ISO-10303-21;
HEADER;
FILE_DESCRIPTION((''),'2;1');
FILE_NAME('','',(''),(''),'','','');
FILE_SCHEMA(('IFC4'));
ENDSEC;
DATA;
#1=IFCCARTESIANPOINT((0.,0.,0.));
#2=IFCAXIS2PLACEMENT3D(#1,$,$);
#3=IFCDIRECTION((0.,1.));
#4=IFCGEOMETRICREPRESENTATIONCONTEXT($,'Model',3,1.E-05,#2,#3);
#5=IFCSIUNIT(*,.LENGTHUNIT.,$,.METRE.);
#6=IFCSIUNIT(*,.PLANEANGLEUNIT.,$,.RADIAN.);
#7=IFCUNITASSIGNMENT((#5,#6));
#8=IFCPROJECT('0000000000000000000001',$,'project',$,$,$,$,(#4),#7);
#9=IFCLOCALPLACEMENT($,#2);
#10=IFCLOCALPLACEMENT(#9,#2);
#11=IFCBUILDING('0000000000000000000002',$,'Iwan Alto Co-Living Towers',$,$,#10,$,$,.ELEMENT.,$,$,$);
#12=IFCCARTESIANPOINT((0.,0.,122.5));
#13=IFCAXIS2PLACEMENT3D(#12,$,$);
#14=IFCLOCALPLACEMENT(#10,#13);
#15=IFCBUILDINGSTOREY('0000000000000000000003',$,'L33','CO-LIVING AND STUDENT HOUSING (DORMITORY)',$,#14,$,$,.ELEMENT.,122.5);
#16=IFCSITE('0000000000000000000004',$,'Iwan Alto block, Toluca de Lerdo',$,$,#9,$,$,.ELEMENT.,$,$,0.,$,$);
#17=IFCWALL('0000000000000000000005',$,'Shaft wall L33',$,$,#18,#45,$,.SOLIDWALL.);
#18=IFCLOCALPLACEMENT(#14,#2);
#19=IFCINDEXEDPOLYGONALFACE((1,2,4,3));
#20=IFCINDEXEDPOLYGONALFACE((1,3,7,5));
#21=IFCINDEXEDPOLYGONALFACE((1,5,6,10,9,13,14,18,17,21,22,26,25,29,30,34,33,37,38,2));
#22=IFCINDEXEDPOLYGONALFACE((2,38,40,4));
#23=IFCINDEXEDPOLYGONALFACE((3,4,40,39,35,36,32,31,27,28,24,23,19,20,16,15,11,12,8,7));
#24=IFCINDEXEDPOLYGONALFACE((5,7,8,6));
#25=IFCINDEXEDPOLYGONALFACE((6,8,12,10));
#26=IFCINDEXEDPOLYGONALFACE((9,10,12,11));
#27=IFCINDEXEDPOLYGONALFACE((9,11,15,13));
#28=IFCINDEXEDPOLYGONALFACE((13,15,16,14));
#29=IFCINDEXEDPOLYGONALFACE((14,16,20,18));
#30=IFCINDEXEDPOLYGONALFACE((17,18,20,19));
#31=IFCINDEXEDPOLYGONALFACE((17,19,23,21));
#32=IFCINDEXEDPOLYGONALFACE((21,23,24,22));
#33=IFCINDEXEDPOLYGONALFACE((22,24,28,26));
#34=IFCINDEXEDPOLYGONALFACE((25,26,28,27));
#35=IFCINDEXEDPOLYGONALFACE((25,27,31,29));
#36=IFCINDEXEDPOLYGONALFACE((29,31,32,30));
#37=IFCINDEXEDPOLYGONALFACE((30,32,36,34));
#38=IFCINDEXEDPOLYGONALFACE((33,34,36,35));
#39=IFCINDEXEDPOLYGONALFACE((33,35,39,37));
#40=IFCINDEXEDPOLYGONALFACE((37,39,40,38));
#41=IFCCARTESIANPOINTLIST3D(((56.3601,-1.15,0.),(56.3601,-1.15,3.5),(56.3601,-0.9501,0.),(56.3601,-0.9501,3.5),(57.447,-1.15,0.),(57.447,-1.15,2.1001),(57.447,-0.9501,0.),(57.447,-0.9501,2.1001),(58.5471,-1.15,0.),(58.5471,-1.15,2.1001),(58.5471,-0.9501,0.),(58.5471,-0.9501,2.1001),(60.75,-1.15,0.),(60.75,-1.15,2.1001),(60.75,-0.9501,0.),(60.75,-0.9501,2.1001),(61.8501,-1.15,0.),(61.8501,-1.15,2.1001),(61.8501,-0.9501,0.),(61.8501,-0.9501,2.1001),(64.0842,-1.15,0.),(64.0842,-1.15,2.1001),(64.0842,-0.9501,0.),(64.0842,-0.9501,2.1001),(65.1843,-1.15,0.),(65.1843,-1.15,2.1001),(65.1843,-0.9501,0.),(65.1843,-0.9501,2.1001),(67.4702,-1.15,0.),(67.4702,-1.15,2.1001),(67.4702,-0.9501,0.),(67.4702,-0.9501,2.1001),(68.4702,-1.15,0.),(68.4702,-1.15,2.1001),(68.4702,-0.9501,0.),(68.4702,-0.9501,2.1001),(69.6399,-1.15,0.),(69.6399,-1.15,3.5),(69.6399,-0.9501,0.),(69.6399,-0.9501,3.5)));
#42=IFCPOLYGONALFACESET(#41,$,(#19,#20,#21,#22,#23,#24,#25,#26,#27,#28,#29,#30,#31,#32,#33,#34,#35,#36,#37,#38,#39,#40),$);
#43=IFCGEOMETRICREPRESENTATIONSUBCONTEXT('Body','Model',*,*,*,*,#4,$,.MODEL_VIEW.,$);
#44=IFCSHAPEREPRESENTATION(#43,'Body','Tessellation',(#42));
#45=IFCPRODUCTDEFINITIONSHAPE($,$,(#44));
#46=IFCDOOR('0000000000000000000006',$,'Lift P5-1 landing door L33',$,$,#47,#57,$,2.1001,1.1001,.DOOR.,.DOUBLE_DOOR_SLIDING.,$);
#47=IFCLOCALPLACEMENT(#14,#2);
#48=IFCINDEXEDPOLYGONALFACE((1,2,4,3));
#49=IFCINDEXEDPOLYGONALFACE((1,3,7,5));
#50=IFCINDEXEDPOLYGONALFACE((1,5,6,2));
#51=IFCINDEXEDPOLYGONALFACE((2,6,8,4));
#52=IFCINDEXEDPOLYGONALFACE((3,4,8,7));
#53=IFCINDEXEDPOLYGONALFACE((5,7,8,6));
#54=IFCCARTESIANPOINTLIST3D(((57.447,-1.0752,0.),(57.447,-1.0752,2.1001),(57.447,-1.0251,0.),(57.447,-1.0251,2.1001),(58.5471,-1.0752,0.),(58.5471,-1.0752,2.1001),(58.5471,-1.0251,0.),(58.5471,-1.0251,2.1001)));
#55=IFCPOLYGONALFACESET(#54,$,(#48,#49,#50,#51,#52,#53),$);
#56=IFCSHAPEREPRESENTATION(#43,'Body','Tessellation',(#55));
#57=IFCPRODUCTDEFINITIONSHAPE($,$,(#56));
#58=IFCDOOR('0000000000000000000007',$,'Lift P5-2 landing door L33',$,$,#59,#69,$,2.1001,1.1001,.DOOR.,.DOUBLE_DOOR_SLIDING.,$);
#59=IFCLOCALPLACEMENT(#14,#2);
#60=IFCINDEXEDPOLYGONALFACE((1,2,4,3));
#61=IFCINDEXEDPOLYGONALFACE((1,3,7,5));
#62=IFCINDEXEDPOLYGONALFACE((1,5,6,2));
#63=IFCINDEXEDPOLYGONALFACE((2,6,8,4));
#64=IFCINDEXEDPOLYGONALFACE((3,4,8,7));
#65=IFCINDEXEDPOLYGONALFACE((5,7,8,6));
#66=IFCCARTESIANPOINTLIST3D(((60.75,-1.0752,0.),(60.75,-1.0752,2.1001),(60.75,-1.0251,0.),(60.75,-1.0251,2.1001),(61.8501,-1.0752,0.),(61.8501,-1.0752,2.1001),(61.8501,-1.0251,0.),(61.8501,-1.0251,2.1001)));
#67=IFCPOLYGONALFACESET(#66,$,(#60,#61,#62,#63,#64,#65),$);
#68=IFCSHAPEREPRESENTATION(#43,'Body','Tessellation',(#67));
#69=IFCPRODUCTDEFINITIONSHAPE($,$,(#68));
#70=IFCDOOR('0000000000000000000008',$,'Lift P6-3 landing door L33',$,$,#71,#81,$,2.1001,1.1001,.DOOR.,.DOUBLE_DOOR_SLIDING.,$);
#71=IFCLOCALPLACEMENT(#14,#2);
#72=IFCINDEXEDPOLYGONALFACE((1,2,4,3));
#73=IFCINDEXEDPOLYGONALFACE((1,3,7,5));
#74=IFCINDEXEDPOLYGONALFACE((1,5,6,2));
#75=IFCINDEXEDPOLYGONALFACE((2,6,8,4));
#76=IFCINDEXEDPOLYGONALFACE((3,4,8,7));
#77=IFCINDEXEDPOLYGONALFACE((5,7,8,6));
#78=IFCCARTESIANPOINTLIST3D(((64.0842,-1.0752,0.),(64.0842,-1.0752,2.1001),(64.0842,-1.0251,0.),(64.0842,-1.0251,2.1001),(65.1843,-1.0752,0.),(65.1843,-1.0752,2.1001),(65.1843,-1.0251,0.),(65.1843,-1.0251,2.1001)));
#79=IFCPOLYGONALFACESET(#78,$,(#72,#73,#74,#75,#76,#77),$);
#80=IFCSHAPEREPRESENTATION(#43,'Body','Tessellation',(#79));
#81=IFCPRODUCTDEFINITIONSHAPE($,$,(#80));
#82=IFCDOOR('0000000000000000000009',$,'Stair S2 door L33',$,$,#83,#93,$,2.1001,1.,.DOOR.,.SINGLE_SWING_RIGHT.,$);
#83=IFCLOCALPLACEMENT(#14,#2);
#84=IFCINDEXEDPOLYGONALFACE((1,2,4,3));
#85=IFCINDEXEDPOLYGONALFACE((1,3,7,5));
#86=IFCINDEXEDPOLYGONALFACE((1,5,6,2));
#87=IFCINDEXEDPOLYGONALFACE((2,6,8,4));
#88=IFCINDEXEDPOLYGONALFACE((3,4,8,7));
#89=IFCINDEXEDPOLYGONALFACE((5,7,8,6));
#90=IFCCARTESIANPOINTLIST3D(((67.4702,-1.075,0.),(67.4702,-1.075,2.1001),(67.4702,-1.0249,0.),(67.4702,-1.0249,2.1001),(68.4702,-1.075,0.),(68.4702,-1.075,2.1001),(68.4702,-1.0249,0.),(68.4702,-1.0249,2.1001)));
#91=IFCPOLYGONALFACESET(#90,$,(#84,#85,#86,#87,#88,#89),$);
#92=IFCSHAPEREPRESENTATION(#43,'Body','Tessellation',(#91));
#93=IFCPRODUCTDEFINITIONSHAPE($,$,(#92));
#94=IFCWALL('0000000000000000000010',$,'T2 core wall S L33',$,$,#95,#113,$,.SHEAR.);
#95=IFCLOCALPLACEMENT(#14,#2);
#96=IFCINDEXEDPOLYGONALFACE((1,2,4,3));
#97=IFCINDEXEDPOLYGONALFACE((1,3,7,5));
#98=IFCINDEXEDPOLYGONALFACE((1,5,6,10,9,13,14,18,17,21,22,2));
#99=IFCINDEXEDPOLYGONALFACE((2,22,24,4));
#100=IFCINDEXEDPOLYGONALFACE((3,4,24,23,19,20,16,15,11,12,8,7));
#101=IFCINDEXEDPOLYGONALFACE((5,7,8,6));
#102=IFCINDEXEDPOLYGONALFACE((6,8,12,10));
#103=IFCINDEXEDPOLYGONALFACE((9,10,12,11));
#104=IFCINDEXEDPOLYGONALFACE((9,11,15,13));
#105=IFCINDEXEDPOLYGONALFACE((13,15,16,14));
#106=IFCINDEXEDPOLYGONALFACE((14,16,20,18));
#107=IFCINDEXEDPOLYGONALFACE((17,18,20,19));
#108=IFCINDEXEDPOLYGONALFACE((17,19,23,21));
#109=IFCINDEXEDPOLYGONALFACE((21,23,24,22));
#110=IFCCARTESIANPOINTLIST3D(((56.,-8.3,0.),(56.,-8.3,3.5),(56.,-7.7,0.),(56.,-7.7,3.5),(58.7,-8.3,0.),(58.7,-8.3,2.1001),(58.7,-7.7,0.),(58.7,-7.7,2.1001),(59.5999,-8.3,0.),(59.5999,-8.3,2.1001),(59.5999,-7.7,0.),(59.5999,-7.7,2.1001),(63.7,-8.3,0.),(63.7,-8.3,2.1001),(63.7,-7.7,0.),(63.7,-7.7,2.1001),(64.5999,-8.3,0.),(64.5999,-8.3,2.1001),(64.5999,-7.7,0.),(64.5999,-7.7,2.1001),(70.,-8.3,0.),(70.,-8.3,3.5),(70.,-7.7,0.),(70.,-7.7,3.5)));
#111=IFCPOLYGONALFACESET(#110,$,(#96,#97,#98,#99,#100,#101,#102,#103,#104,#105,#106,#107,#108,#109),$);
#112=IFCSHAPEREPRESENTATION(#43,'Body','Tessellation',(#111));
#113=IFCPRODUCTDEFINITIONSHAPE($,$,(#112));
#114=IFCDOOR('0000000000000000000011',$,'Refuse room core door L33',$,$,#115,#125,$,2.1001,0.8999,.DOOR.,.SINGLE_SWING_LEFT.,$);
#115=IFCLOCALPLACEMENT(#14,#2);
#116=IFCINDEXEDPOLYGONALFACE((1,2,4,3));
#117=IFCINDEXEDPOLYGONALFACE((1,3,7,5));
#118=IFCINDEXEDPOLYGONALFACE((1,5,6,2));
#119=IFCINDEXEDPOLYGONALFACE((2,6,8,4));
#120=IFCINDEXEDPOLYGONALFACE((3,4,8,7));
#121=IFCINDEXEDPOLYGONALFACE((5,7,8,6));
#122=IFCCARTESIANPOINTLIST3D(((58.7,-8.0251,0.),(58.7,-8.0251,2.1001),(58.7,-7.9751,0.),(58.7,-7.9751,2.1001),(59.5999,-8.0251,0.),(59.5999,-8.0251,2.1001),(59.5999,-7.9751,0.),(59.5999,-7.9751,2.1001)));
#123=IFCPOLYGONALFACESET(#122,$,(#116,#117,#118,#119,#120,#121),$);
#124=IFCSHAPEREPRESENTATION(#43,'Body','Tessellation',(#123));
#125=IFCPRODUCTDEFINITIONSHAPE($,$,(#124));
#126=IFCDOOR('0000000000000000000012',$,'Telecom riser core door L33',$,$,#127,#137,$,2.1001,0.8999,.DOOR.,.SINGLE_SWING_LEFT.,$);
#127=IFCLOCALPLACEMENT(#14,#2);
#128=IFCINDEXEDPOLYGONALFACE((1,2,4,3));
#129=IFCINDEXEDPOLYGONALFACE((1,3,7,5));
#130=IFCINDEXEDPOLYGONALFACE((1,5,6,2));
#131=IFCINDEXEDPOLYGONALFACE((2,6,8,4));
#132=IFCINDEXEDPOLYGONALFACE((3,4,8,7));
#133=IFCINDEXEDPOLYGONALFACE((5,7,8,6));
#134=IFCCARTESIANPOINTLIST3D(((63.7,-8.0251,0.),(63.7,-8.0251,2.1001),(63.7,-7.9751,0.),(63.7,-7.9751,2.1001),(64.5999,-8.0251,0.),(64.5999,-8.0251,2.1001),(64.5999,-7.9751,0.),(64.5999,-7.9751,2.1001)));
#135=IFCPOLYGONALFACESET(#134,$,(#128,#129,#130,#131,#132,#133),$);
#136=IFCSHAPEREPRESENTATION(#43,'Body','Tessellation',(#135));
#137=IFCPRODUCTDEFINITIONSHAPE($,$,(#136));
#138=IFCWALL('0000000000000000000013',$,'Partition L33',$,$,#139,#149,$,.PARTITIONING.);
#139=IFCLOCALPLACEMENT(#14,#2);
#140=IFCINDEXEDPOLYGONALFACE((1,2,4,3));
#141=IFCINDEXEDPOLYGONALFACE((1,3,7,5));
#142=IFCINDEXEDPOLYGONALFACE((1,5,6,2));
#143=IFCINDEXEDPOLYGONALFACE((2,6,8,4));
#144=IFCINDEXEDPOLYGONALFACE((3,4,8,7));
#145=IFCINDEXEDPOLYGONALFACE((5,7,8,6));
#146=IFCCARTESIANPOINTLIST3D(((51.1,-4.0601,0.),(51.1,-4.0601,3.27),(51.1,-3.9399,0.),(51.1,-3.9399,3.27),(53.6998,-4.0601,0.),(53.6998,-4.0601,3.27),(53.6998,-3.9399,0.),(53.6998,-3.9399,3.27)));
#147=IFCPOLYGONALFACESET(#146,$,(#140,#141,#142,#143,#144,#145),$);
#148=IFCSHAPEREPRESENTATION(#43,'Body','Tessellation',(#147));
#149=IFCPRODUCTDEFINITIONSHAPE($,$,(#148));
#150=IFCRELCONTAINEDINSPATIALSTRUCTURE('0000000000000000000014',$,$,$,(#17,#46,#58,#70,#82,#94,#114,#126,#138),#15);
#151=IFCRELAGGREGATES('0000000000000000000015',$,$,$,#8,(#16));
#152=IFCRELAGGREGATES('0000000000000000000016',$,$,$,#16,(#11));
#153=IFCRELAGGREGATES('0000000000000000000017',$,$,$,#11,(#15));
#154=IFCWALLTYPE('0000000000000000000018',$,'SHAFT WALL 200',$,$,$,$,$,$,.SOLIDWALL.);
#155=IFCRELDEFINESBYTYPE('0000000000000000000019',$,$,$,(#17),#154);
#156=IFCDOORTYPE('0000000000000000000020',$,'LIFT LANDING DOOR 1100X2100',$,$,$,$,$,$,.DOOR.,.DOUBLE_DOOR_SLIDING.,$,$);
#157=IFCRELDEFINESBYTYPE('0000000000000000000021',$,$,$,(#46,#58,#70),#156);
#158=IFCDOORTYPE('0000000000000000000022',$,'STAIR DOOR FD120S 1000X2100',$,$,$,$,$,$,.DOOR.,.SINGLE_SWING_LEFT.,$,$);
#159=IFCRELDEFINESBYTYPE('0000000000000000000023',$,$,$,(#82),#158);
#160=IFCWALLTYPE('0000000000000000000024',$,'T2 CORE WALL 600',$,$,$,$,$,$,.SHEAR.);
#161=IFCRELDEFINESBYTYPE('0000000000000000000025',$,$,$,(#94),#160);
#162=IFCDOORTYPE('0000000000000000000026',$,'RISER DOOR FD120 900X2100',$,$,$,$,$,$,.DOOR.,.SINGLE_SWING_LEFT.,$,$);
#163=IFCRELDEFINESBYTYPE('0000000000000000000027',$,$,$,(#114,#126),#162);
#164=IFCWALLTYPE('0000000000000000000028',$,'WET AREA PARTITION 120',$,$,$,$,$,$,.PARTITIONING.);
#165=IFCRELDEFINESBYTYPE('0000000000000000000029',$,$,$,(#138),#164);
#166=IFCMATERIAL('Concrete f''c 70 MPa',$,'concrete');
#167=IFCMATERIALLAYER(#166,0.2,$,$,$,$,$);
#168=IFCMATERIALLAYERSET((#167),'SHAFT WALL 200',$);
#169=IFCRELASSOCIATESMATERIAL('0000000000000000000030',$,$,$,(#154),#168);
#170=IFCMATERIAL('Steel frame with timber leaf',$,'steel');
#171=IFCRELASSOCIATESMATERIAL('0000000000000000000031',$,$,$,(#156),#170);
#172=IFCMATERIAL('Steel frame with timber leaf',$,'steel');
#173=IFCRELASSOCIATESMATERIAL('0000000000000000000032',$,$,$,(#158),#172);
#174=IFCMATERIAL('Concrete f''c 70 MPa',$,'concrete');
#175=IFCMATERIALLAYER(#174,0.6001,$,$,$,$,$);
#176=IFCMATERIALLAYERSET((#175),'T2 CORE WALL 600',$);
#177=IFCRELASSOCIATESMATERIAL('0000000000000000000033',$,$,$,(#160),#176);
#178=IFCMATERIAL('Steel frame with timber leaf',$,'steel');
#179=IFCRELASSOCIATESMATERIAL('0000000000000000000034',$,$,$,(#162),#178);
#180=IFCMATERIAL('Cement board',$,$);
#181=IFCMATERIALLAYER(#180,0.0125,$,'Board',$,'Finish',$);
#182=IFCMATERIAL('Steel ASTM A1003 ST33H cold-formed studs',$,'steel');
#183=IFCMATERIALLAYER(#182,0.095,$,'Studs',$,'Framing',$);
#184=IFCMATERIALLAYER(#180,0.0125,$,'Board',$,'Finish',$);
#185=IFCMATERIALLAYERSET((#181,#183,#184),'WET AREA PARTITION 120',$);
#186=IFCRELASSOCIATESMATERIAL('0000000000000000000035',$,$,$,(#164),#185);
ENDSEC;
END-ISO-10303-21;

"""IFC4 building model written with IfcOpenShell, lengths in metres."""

from ifc_helpers import new_model, si_unit, direction, frame, frame_2d, origin, place, context, subcontext, project, spatial, rectangle, extrude, material, layer, layer_set, type_object, element, fill, save


model = new_model("IFC4")

# Units and contexts
model_context = context("Model", 3, precision=1e-05, world=origin(), true_north=direction((0.0, 1.0)))
body_context = subcontext(model_context, "Body", "Model", "MODEL_VIEW")
ifc_project = project(units=[si_unit("LENGTHUNIT", "METRE"), si_unit("PLANEANGLEUNIT", "RADIAN")], contexts=[model_context])

# Site, building, storey
site_placement = place(None, origin())
site = spatial("IfcSite", under=ifc_project, at=site_placement, Name="Iwan Alto block, Toluca de Lerdo", CompositionType="ELEMENT", RefElevation=0.0)
building_placement = place(site_placement, origin())
building = spatial("IfcBuilding", under=site, at=building_placement, Name="Iwan Alto Co-Living Towers", CompositionType="ELEMENT")
storey_placement = place(building_placement, frame((0.0, 0.0, 122.5)))
storey = spatial("IfcBuildingStorey", under=building, at=storey_placement, Name="L33", Description="CO-LIVING AND STUDENT HOUSING (DORMITORY)", CompositionType="ELEMENT", Elevation=122.5)

# Shared definitions
ifc_material_1 = material(Name="Steel ASTM A1003 ST33H cold-formed studs", Category="steel")

# Shared definitions
ifc_material_2 = material(Name="Concrete f'c 70 MPa", Category="concrete")
ifc_layer_1 = layer(ifc_material_2, 0.2)
ifc_layer_set_1 = layer_set([ifc_layer_1], Name="SHAFT WALL 200")
wall_type_1 = type_object("IfcWallType", Name="SHAFT WALL 200", PredefinedType="SOLIDWALL", material=ifc_layer_set_1)

# Walls, openings, doors
wall_1_placement = place(storey_placement, frame((56.3601, -1.05, 0.0), z_axis=(0.0, 0.0, 1.0), x_axis=(1.0, 0.0, 0.0)))
wall_1 = element("IfcWall", 1, at=wall_1_placement, inside=storey, type_object=wall_type_1, Name="Shaft wall L33", PredefinedType="SOLIDWALL", context=body_context, shape_type="SweptSolid", body=[
    extrude(rectangle(XDim=13.2798, YDim=0.2, at=frame_2d((6.6399, 0.0))), origin(), (0.0, 0.0, 1.0), 3.5),
])
opening_1_placement = place(wall_1_placement, frame((11.1101, 0.0, 0.0)))
opening_1 = element("IfcOpeningElement", 2, at=opening_1_placement, cuts=wall_1, PredefinedType="OPENING", context=body_context, shape_type="SweptSolid", body=[
    extrude(rectangle(XDim=1.0, YDim=2.1001, at=frame_2d((0.5, 1.05))), frame((0.0, 0.1099, 0.0), z_axis=(0.0, -1.0, 0.0), x_axis=(1.0, 0.0, 0.0)), (0.0, 0.0, 1.0), 0.22),
])
opening_2_placement = place(wall_1_placement, frame((1.0869, 0.0, 0.0)))
opening_2 = element("IfcOpeningElement", 3, at=opening_2_placement, cuts=wall_1, PredefinedType="OPENING", context=body_context, shape_type="SweptSolid", body=[
    extrude(rectangle(XDim=1.1001, YDim=2.1001, at=frame_2d((0.55, 1.05))), frame((0.0, 0.1099, 0.0), z_axis=(0.0, -1.0, 0.0), x_axis=(1.0, 0.0, 0.0)), (0.0, 0.0, 1.0), 0.22),
])
opening_3_placement = place(wall_1_placement, frame((4.3899, 0.0, 0.0)))
opening_3 = element("IfcOpeningElement", 4, at=opening_3_placement, cuts=wall_1, PredefinedType="OPENING", context=body_context, shape_type="SweptSolid", body=[
    extrude(rectangle(XDim=1.1001, YDim=2.1001, at=frame_2d((0.55, 1.05))), frame((0.0, 0.1099, 0.0), z_axis=(0.0, -1.0, 0.0), x_axis=(1.0, 0.0, 0.0)), (0.0, 0.0, 1.0), 0.22),
])
opening_4_placement = place(wall_1_placement, frame((7.7241, 0.0, 0.0)))
opening_4 = element("IfcOpeningElement", 5, at=opening_4_placement, cuts=wall_1, PredefinedType="OPENING", context=body_context, shape_type="SweptSolid", body=[
    extrude(rectangle(XDim=1.1001, YDim=2.1001, at=frame_2d((0.55, 1.05))), frame((0.0, 0.1099, 0.0), z_axis=(0.0, -1.0, 0.0), x_axis=(1.0, 0.0, 0.0)), (0.0, 0.0, 1.0), 0.22),
])
ifc_material_3 = material(Name="Steel frame with timber leaf", Category="steel")
door_type_1 = type_object("IfcDoorType", Name="LIFT LANDING DOOR 1100X2100", OperationType="DOUBLE_DOOR_SLIDING", PredefinedType="DOOR", material=ifc_material_3)
door_1_placement = place(opening_2_placement, origin())
door_1 = element("IfcDoor", 6, at=door_1_placement, inside=storey, type_object=door_type_1, Name="Lift P5-1 landing door L33", OperationType="DOUBLE_DOOR_SLIDING", OverallHeight=2.1001, OverallWidth=1.1001, PredefinedType="DOOR", context=body_context, shape_type="SweptSolid", body=[
    extrude(rectangle(XDim=1.1001, YDim=2.1001, at=frame_2d((0.55, 1.05))), frame((0.0, 0.0249, 0.0), z_axis=(0.0, -1.0, 0.0), x_axis=(1.0, 0.0, 0.0)), (0.0, 0.0, 1.0), 0.05),
])
fill(opening_2, door_1)
door_2_placement = place(opening_3_placement, origin())
door_2 = element("IfcDoor", 7, at=door_2_placement, inside=storey, type_object=door_type_1, Name="Lift P5-2 landing door L33", OperationType="DOUBLE_DOOR_SLIDING", OverallHeight=2.1001, OverallWidth=1.1001, PredefinedType="DOOR", context=body_context, shape_type="SweptSolid", body=[
    extrude(rectangle(XDim=1.1001, YDim=2.1001, at=frame_2d((0.55, 1.05))), frame((0.0, 0.0249, 0.0), z_axis=(0.0, -1.0, 0.0), x_axis=(1.0, 0.0, 0.0)), (0.0, 0.0, 1.0), 0.05),
])
fill(opening_3, door_2)
door_3_placement = place(opening_4_placement, origin())
door_3 = element("IfcDoor", 8, at=door_3_placement, inside=storey, type_object=door_type_1, Name="Lift P6-3 landing door L33", OperationType="DOUBLE_DOOR_SLIDING", OverallHeight=2.1001, OverallWidth=1.1001, PredefinedType="DOOR", context=body_context, shape_type="SweptSolid", body=[
    extrude(rectangle(XDim=1.1001, YDim=2.1001, at=frame_2d((0.55, 1.05))), frame((0.0, 0.0249, 0.0), z_axis=(0.0, -1.0, 0.0), x_axis=(1.0, 0.0, 0.0)), (0.0, 0.0, 1.0), 0.05),
])
fill(opening_4, door_3)
ifc_material_4 = material(Name="Steel frame with timber leaf", Category="steel")
door_type_2 = type_object("IfcDoorType", Name="STAIR DOOR FD120S 1000X2100", OperationType="SINGLE_SWING_LEFT", PredefinedType="DOOR", material=ifc_material_4)
door_4_placement = place(opening_1_placement, frame((1.0, 0.0, 0.0), z_axis=(0.0, 0.0, 1.0), x_axis=(-1.0, 0.0, 0.0)))
door_4 = element("IfcDoor", 9, at=door_4_placement, inside=storey, type_object=door_type_2, Name="Stair S2 door L33", OperationType="SINGLE_SWING_RIGHT", OverallHeight=2.1001, OverallWidth=1.0, PredefinedType="DOOR", context=body_context, shape_type="SweptSolid", body=[
    extrude(rectangle(XDim=1.0, YDim=2.1001, at=frame_2d((0.5, 1.05))), frame((0.0, 0.0249, 0.0), z_axis=(0.0, -1.0, 0.0), x_axis=(1.0, 0.0, 0.0)), (0.0, 0.0, 1.0), 0.05),
])
fill(opening_1, door_4)
ifc_material_5 = material(Name="Concrete f'c 70 MPa", Category="concrete")
ifc_layer_2 = layer(ifc_material_5, 0.6001)
ifc_layer_set_2 = layer_set([ifc_layer_2], Name="T2 CORE WALL 600")
wall_type_2 = type_object("IfcWallType", Name="T2 CORE WALL 600", PredefinedType="SHEAR", material=ifc_layer_set_2)
wall_2_placement = place(storey_placement, frame((56.0, -8.0, 0.0), z_axis=(0.0, 0.0, 1.0), x_axis=(1.0, 0.0, 0.0)))
wall_2 = element("IfcWall", 10, at=wall_2_placement, inside=storey, type_object=wall_type_2, Name="T2 core wall S L33", PredefinedType="SHEAR", context=body_context, shape_type="SweptSolid", body=[
    extrude(rectangle(XDim=14.0, YDim=0.6001, at=frame_2d((7.0, 0.0))), origin(), (0.0, 0.0, 1.0), 3.5),
])
opening_5_placement = place(wall_2_placement, frame((2.7, 0.0, 0.0)))
opening_5 = element("IfcOpeningElement", 11, at=opening_5_placement, cuts=wall_2, PredefinedType="OPENING", context=body_context, shape_type="SweptSolid", body=[
    extrude(rectangle(XDim=0.8999, YDim=2.1001, at=frame_2d((0.45, 1.05))), frame((0.0, 0.3101, 0.0), z_axis=(0.0, -1.0, 0.0), x_axis=(1.0, 0.0, 0.0)), (0.0, 0.0, 1.0), 0.6201),
])
opening_6_placement = place(wall_2_placement, frame((7.7, 0.0, 0.0)))
opening_6 = element("IfcOpeningElement", 12, at=opening_6_placement, cuts=wall_2, PredefinedType="OPENING", context=body_context, shape_type="SweptSolid", body=[
    extrude(rectangle(XDim=0.8999, YDim=2.1001, at=frame_2d((0.45, 1.05))), frame((0.0, 0.3101, 0.0), z_axis=(0.0, -1.0, 0.0), x_axis=(1.0, 0.0, 0.0)), (0.0, 0.0, 1.0), 0.6201),
])
ifc_material_6 = material(Name="Steel frame with timber leaf", Category="steel")
door_type_3 = type_object("IfcDoorType", Name="RISER DOOR FD120 900X2100", OperationType="SINGLE_SWING_LEFT", PredefinedType="DOOR", material=ifc_material_6)
door_5_placement = place(opening_5_placement, origin())
door_5 = element("IfcDoor", 13, at=door_5_placement, inside=storey, type_object=door_type_3, Name="Refuse room core door L33", OperationType="SINGLE_SWING_LEFT", OverallHeight=2.1001, OverallWidth=0.8999, PredefinedType="DOOR", context=body_context, shape_type="SweptSolid", body=[
    extrude(rectangle(XDim=0.8999, YDim=2.1001, at=frame_2d((0.45, 1.05))), frame((0.0, 0.0249, 0.0), z_axis=(0.0, -1.0, 0.0), x_axis=(1.0, 0.0, 0.0)), (0.0, 0.0, 1.0), 0.05),
])
fill(opening_5, door_5)
door_6_placement = place(opening_6_placement, origin())
door_6 = element("IfcDoor", 14, at=door_6_placement, inside=storey, type_object=door_type_3, Name="Telecom riser core door L33", OperationType="SINGLE_SWING_LEFT", OverallHeight=2.1001, OverallWidth=0.8999, PredefinedType="DOOR", context=body_context, shape_type="SweptSolid", body=[
    extrude(rectangle(XDim=0.8999, YDim=2.1001, at=frame_2d((0.45, 1.05))), frame((0.0, 0.0249, 0.0), z_axis=(0.0, -1.0, 0.0), x_axis=(1.0, 0.0, 0.0)), (0.0, 0.0, 1.0), 0.05),
])
fill(opening_6, door_6)

# Wall
ifc_material_7 = material(Name="Cement board")
ifc_layer_3 = layer(ifc_material_7, 0.0125, Name="Board", Category="Finish")
ifc_layer_4 = layer(ifc_material_1, 0.095, Name="Studs", Category="Framing")
ifc_layer_5 = layer(ifc_material_7, 0.0125, Name="Board", Category="Finish")
ifc_layer_set_3 = layer_set([ifc_layer_3, ifc_layer_4, ifc_layer_5], Name="WET AREA PARTITION 120")
wall_type_3 = type_object("IfcWallType", Name="WET AREA PARTITION 120", PredefinedType="PARTITIONING", material=ifc_layer_set_3)
wall_3_placement = place(storey_placement, frame((51.1001, -4.0, 0.0), z_axis=(0.0, 0.0, 1.0), x_axis=(1.0, 0.0, 0.0)))
element("IfcWall", 15, at=wall_3_placement, inside=storey, type_object=wall_type_3, Name="Partition L33", PredefinedType="PARTITIONING", context=body_context, shape_type="SweptSolid", body=[
    extrude(rectangle(XDim=2.5999, YDim=0.1201, at=frame_2d((1.2998, 0.0))), origin(), (0.0, 0.0, 1.0), 3.27),
])

save(model, "model.ifc")
